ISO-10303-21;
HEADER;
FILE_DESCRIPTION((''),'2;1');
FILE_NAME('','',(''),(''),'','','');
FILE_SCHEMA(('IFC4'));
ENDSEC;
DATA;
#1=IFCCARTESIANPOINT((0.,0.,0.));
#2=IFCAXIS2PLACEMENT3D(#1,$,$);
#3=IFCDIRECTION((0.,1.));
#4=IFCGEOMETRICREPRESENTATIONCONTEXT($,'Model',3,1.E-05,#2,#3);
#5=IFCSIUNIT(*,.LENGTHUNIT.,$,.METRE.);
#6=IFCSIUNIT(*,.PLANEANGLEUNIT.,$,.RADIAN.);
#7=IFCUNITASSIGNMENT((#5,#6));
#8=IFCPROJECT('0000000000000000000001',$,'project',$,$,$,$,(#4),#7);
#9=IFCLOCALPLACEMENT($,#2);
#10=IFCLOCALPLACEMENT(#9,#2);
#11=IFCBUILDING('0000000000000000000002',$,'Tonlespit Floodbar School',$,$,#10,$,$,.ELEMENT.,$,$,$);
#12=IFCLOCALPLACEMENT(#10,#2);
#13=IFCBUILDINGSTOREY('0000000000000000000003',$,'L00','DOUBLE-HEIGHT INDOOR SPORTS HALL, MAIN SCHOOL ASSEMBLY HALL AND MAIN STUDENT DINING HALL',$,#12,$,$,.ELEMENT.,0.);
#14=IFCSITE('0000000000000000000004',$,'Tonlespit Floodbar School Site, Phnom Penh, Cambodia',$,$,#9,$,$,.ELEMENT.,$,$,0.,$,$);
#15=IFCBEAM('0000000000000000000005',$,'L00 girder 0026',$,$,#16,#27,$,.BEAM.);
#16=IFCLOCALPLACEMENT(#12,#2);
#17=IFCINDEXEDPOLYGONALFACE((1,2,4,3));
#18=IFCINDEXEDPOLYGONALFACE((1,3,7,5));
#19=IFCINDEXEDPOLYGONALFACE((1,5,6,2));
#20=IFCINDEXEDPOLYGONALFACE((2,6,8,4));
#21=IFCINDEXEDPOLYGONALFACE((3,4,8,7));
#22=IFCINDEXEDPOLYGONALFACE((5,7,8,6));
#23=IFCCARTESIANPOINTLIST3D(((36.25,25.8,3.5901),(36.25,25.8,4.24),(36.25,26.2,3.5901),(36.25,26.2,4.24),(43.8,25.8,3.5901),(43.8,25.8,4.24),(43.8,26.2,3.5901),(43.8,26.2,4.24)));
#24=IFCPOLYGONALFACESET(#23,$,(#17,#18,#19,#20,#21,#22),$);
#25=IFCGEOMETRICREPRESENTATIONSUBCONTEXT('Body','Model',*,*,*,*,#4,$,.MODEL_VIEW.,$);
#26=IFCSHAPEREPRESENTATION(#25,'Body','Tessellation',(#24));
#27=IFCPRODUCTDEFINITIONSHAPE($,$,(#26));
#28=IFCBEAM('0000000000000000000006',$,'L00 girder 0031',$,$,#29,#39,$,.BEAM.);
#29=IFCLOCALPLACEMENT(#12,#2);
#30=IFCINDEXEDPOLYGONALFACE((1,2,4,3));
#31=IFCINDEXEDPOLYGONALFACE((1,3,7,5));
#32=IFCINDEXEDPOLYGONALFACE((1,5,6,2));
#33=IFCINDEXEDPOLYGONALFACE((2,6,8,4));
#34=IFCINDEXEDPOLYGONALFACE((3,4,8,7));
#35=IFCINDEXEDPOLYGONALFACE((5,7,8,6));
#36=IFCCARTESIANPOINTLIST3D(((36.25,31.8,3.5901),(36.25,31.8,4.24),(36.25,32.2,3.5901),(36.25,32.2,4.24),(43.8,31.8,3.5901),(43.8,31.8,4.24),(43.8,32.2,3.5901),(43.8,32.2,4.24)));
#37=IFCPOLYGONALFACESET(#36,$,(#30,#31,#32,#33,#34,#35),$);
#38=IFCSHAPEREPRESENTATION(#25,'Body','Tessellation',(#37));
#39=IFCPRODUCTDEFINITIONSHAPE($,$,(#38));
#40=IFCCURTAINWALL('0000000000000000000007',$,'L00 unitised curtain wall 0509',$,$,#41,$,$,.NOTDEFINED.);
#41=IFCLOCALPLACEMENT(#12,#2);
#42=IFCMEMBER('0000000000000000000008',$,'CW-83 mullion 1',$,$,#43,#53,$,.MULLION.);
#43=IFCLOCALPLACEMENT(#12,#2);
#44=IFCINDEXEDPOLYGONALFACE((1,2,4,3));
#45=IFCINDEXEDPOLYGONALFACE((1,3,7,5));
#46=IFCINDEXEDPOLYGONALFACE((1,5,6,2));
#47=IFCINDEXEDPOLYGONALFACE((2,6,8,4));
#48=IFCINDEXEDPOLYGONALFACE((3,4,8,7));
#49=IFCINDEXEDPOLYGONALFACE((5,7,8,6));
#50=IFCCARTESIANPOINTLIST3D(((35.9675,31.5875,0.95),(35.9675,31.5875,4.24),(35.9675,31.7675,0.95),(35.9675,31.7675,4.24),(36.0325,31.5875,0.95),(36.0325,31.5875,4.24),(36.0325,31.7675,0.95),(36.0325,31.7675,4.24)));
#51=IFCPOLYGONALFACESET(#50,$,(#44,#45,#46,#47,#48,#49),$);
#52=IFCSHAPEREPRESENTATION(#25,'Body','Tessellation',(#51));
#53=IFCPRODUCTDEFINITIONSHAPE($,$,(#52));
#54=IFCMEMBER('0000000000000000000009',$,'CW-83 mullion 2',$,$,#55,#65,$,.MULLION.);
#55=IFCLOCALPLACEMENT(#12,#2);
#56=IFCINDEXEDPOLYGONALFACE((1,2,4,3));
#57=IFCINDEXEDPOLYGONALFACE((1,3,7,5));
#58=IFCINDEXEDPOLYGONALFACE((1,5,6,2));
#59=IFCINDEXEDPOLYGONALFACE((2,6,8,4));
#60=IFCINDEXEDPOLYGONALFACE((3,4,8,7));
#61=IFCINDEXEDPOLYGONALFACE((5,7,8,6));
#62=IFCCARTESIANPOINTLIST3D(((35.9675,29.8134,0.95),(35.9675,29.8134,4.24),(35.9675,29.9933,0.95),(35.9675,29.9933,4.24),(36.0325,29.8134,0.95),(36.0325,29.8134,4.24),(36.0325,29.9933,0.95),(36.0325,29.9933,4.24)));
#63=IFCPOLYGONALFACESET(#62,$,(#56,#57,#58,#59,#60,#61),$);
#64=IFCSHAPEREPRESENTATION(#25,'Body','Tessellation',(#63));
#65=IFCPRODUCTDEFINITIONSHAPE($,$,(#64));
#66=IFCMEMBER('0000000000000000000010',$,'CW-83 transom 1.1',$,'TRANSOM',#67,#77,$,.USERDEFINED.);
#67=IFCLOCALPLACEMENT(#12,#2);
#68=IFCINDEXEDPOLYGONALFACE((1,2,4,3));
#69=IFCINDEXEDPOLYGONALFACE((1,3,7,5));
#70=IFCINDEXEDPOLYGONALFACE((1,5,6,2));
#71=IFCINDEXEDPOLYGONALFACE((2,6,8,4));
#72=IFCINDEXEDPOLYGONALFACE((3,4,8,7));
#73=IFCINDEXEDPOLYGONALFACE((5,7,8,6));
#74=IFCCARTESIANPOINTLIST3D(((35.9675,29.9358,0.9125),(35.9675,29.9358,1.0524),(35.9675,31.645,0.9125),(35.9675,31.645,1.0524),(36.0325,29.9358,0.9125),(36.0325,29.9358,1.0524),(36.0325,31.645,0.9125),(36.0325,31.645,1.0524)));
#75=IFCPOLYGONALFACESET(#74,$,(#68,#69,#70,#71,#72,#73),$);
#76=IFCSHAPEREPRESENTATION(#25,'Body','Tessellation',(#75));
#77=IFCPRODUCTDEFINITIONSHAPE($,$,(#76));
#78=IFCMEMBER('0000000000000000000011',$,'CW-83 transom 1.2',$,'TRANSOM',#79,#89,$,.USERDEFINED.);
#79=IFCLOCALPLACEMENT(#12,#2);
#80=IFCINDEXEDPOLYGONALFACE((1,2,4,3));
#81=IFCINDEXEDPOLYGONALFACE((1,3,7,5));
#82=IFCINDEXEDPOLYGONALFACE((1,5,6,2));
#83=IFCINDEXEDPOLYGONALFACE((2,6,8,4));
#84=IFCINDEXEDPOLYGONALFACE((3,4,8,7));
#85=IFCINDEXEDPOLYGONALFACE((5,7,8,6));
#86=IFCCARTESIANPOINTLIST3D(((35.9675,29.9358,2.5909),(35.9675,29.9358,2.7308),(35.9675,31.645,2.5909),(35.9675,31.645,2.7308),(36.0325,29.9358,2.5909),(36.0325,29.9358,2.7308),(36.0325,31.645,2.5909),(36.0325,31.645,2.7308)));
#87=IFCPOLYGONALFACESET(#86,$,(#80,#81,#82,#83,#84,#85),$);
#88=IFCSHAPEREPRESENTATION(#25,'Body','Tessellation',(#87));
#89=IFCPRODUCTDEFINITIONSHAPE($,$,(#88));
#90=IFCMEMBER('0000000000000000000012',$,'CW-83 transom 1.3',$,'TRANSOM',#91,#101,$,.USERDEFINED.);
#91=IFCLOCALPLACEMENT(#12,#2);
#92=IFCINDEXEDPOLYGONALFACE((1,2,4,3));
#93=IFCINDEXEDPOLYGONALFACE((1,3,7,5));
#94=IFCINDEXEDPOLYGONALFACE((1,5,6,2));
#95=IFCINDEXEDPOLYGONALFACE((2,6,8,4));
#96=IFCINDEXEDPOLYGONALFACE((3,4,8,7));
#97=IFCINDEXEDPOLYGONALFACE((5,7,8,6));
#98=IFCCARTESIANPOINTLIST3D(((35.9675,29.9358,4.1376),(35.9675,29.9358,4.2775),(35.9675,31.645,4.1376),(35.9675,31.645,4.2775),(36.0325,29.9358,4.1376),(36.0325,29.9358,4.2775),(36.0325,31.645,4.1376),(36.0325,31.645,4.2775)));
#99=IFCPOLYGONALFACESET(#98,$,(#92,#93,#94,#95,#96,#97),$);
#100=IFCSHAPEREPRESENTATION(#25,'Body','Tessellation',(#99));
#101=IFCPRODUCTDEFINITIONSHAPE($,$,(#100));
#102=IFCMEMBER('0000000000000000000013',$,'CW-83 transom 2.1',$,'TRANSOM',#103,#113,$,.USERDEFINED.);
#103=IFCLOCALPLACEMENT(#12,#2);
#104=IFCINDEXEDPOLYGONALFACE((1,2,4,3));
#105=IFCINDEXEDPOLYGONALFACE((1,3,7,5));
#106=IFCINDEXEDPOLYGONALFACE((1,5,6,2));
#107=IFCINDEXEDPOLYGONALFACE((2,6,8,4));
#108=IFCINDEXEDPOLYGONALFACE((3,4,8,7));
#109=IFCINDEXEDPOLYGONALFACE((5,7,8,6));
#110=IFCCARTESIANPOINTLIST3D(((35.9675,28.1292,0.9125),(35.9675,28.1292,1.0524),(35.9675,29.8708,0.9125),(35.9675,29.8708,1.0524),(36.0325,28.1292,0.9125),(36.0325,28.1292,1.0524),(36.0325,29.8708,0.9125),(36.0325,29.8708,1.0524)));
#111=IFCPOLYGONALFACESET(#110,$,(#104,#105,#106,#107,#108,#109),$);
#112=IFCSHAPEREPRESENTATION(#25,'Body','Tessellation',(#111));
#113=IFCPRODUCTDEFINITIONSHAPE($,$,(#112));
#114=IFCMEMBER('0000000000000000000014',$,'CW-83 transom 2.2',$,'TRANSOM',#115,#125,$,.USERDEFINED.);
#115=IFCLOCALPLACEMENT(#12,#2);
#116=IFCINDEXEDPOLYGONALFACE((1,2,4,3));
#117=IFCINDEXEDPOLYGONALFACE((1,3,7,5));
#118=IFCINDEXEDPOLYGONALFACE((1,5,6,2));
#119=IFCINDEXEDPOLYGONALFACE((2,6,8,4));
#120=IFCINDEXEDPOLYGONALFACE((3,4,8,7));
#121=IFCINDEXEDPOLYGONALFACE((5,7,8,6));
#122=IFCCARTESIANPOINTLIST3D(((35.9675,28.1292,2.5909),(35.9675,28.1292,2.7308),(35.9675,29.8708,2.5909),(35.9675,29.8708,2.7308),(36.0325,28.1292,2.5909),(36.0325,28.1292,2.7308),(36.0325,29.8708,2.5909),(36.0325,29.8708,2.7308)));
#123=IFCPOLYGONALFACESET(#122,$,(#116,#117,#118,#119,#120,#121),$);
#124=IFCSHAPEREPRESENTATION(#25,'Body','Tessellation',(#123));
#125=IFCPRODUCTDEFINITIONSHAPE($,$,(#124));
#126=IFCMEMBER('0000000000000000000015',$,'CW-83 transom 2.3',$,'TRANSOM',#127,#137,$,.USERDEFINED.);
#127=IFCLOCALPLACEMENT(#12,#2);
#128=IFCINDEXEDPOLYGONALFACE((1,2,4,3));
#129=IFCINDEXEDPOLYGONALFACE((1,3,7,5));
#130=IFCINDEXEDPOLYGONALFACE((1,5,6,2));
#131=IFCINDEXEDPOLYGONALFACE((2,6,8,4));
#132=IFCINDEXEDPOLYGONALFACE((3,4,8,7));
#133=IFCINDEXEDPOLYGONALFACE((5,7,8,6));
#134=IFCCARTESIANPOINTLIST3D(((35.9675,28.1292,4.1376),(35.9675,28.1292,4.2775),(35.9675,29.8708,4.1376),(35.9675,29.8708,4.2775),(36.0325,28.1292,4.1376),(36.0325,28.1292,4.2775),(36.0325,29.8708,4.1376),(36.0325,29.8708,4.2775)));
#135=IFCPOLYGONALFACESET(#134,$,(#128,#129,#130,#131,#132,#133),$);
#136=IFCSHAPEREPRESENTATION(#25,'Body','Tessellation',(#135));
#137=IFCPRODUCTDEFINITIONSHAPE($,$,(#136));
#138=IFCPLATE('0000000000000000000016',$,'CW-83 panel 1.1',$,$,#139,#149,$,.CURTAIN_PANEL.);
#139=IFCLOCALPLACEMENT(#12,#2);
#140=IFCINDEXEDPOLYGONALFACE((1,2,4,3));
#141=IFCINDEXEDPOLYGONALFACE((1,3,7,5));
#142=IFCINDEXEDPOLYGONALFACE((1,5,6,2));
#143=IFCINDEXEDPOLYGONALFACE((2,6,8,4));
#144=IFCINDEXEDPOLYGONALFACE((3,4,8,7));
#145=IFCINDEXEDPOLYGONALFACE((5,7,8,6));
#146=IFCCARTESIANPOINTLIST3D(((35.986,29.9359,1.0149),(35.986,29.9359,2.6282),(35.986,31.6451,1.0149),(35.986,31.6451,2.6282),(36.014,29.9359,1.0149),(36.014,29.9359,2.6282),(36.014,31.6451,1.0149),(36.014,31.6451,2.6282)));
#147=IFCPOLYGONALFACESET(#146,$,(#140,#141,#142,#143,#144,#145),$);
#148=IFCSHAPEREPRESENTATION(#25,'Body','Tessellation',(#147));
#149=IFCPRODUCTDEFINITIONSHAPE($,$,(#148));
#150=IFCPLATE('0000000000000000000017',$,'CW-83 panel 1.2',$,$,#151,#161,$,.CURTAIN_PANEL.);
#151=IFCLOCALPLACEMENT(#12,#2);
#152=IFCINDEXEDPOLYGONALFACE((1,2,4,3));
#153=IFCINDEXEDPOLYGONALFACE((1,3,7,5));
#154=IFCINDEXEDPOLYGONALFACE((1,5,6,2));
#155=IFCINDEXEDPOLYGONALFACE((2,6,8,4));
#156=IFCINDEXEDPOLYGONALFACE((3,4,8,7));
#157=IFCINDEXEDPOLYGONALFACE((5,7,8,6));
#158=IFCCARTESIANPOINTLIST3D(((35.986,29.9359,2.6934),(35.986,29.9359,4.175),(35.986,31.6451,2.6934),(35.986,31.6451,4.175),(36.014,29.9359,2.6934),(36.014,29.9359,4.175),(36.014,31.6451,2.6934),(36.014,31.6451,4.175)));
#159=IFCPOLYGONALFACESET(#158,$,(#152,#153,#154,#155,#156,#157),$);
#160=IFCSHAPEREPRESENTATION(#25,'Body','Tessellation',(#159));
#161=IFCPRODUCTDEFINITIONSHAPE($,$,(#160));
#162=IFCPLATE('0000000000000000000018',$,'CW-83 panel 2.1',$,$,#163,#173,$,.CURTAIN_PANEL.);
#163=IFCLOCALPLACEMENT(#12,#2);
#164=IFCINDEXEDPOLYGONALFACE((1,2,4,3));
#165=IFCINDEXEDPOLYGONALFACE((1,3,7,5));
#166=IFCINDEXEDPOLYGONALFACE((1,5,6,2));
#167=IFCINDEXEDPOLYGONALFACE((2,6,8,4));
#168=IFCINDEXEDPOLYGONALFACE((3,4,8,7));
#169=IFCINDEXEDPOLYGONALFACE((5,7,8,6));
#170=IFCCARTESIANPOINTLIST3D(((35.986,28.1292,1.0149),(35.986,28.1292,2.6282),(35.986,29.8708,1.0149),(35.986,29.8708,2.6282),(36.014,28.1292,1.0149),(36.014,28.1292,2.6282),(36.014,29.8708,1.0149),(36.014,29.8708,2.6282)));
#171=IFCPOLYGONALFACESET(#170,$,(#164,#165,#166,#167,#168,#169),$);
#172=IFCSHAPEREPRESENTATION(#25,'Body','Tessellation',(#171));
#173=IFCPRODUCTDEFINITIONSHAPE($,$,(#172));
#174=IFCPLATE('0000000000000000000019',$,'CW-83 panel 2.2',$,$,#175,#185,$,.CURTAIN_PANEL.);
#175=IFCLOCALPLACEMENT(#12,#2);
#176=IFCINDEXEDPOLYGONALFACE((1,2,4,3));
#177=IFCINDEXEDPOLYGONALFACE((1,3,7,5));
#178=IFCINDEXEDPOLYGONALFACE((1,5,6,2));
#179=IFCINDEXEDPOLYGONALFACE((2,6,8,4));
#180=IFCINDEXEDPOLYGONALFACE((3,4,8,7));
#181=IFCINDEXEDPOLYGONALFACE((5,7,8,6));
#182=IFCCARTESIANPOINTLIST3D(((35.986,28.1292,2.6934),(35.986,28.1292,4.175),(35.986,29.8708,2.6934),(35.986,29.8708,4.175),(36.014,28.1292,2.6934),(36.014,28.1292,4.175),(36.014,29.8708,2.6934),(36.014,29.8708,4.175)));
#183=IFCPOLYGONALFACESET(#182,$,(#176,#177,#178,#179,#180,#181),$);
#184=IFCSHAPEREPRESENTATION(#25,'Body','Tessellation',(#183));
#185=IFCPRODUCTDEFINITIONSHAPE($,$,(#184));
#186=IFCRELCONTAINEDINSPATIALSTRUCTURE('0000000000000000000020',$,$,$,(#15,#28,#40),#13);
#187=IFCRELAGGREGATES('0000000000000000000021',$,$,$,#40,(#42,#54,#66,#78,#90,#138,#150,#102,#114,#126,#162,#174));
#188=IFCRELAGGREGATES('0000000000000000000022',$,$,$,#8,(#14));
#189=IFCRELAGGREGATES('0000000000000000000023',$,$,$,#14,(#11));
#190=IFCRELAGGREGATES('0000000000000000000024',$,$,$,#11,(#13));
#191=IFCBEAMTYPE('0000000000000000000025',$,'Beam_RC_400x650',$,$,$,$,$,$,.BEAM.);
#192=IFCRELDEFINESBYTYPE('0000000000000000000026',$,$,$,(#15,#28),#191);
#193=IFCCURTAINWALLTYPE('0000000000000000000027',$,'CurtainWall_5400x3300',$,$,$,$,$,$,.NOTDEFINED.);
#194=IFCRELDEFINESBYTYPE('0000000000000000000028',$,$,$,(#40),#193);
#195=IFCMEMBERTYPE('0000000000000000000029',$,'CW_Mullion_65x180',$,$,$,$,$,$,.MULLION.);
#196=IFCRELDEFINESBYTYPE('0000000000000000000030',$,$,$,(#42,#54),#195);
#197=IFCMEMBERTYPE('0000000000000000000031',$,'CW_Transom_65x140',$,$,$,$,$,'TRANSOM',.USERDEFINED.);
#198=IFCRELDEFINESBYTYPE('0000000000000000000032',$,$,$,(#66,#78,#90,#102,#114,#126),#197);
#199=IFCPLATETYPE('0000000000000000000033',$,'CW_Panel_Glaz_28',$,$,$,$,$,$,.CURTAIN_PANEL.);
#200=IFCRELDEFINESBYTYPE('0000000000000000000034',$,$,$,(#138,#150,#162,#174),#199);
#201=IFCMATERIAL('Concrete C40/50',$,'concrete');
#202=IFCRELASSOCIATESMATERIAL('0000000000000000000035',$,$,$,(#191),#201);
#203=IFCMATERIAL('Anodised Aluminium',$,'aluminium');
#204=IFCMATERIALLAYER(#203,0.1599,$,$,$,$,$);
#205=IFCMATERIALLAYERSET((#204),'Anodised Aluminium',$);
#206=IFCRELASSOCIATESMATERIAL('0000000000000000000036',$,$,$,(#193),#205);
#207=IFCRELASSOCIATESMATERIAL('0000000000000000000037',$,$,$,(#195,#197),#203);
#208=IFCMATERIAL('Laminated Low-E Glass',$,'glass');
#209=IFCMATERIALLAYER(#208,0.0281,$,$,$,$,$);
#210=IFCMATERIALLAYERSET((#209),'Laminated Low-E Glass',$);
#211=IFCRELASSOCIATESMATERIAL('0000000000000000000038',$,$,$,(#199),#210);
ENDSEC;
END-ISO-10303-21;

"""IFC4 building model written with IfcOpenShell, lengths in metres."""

from ifc_helpers import new_model, si_unit, direction, frame, origin, origin_2d, place, context, subcontext, project, spatial, rectangle, extrude, material, layer, layer_set, material_profile, profile_set, type_object, element, aggregate, save


model = new_model("IFC4")

# Units and contexts
model_context = context("Model", 3, precision=1e-05, world=origin(), true_north=direction((0.0, 1.0)))
body_context = subcontext(model_context, "Body", "Model", "MODEL_VIEW")
ifc_project = project(units=[si_unit("LENGTHUNIT", "METRE"), si_unit("PLANEANGLEUNIT", "RADIAN")], contexts=[model_context])

# Site, building, storey
site_placement = place(None, origin())
site = spatial("IfcSite", under=ifc_project, at=site_placement, Name="Tonlespit Floodbar School Site, Phnom Penh, Cambodia", CompositionType="ELEMENT", RefElevation=0.0)
building_placement = place(site_placement, origin())
building = spatial("IfcBuilding", under=site, at=building_placement, Name="Tonlespit Floodbar School", CompositionType="ELEMENT")
storey_placement = place(building_placement, origin())
storey = spatial("IfcBuildingStorey", under=building, at=storey_placement, Name="L00", Description="DOUBLE-HEIGHT INDOOR SPORTS HALL, MAIN SCHOOL ASSEMBLY HALL AND MAIN STUDENT DINING HALL", CompositionType="ELEMENT", Elevation=0.0)

# Shared definitions
ifc_material_1 = material(Name="Concrete C40/50", Category="concrete")

# Beams
ifc_material_profile_1 = material_profile(ifc_material_1, rectangle(XDim=0.3999, YDim=0.6499, at=origin_2d()), Name="RC 400x650")
ifc_profile_set_1 = profile_set([ifc_material_profile_1], Name="Concrete C40/50")
beam_type = type_object("IfcBeamType", Name="Beam_RC_400x650", PredefinedType="BEAM", material=ifc_profile_set_1)
for number, where, z_axis, x_axis, name in (
    (1, (36.25, 26.0, 3.915), (1.0, 0.0, 0.0), (0.0, 1.0, 0.0), "L00 girder 0026"),
    (2, (36.25, 32.0, 3.915), (1.0, 0.0, 0.0), (0.0, 1.0, 0.0), "L00 girder 0031"),
):
    element("IfcBeam", number, at=place(storey_placement, frame(where, z_axis=z_axis, x_axis=x_axis)), inside=storey, type_object=beam_type, Name=name, PredefinedType="BEAM", context=body_context, shape_type="SweptSolid", body=[
        extrude(rectangle(XDim=0.3999, YDim=0.6499, at=origin_2d()), origin(), (0.0, 0.0, 1.0), 7.55),
    ])

# Curtain wall, members, plates
ifc_material_2 = material(Name="Anodised Aluminium", Category="aluminium")
ifc_layer_1 = layer(ifc_material_2, 0.1599)
ifc_layer_set_1 = layer_set([ifc_layer_1], Name="Anodised Aluminium")
curtain_wall_type = type_object("IfcCurtainWallType", Name="CurtainWall_5400x3300", PredefinedType="NOTDEFINED", material=ifc_layer_set_1)
curtain_wall_placement = place(storey_placement, origin())
curtain_wall = element("IfcCurtainWall", 3, at=curtain_wall_placement, inside=storey, type_object=curtain_wall_type, Name="L00 unitised curtain wall 0509", PredefinedType="NOTDEFINED")
ifc_material_profile_2 = material_profile(ifc_material_2, rectangle(XDim=0.0649, YDim=0.1799, at=origin_2d()), Name="ALU M65x180")
ifc_profile_set_2 = profile_set([ifc_material_profile_2], Name="Anodised Aluminium")
member_type_1 = type_object("IfcMemberType", Name="CW_Mullion_65x180", PredefinedType="MULLION", material=ifc_profile_set_2)
member_1_placement = place(storey_placement, frame((36.0, 31.6775, 0.95), z_axis=(0.0, 0.0, 1.0), x_axis=(1.0, 0.0, 0.0)))
member_1 = element("IfcMember", 4, at=member_1_placement, type_object=member_type_1, Name="CW-83 mullion 1", PredefinedType="MULLION", context=body_context, shape_type="SweptSolid", body=[
    extrude(rectangle(XDim=0.0649, YDim=0.1799, at=origin_2d()), origin(), (0.0, 0.0, 1.0), 3.29),
])
member_2_placement = place(storey_placement, frame((36.0, 29.9033, 0.95), z_axis=(0.0, 0.0, 1.0), x_axis=(1.0, 0.0, 0.0)))
member_2 = element("IfcMember", 5, at=member_2_placement, type_object=member_type_1, Name="CW-83 mullion 2", PredefinedType="MULLION", context=body_context, shape_type="SweptSolid", body=[
    extrude(rectangle(XDim=0.0649, YDim=0.1799, at=origin_2d()), origin(), (0.0, 0.0, 1.0), 3.29),
])
ifc_material_profile_3 = material_profile(ifc_material_2, rectangle(XDim=0.0649, YDim=0.1399, at=origin_2d()), Name="ALU T65x140")
ifc_profile_set_3 = profile_set([ifc_material_profile_3], Name="Anodised Aluminium")
member_type_2 = type_object("IfcMemberType", Name="CW_Transom_65x140", ElementType="TRANSOM", PredefinedType="USERDEFINED", material=ifc_profile_set_3)
member_3_placement = place(storey_placement, frame((36.0, 31.645, 0.9824), z_axis=(0.0, -1.0, 0.0), x_axis=(1.0, 0.0, 0.0)))
member_3 = element("IfcMember", 6, at=member_3_placement, type_object=member_type_2, Name="CW-83 transom 1.1", ObjectType="TRANSOM", PredefinedType="USERDEFINED", context=body_context, shape_type="SweptSolid", body=[
    extrude(rectangle(XDim=0.0649, YDim=0.1399, at=origin_2d()), origin(), (0.0, 0.0, 1.0), 1.7092),
])
member_4_placement = place(storey_placement, frame((36.0, 31.645, 2.6609), z_axis=(0.0, -1.0, 0.0), x_axis=(1.0, 0.0, 0.0)))
member_4 = element("IfcMember", 7, at=member_4_placement, type_object=member_type_2, Name="CW-83 transom 1.2", ObjectType="TRANSOM", PredefinedType="USERDEFINED", context=body_context, shape_type="SweptSolid", body=[
    extrude(rectangle(XDim=0.0649, YDim=0.1399, at=origin_2d()), origin(), (0.0, 0.0, 1.0), 1.7092),
])
member_5_placement = place(storey_placement, frame((36.0, 31.645, 4.2075), z_axis=(0.0, -1.0, 0.0), x_axis=(1.0, 0.0, 0.0)))
member_5 = element("IfcMember", 8, at=member_5_placement, type_object=member_type_2, Name="CW-83 transom 1.3", ObjectType="TRANSOM", PredefinedType="USERDEFINED", context=body_context, shape_type="SweptSolid", body=[
    extrude(rectangle(XDim=0.0649, YDim=0.1399, at=origin_2d()), origin(), (0.0, 0.0, 1.0), 1.7092),
])
member_6_placement = place(storey_placement, frame((36.0, 29.8708, 0.9824), z_axis=(0.0, -1.0, 0.0), x_axis=(1.0, 0.0, 0.0)))
member_6 = element("IfcMember", 9, at=member_6_placement, type_object=member_type_2, Name="CW-83 transom 2.1", ObjectType="TRANSOM", PredefinedType="USERDEFINED", context=body_context, shape_type="SweptSolid", body=[
    extrude(rectangle(XDim=0.0649, YDim=0.1399, at=origin_2d()), origin(), (0.0, 0.0, 1.0), 1.7417),
])
member_7_placement = place(storey_placement, frame((36.0, 29.8708, 2.6609), z_axis=(0.0, -1.0, 0.0), x_axis=(1.0, 0.0, 0.0)))
member_7 = element("IfcMember", 10, at=member_7_placement, type_object=member_type_2, Name="CW-83 transom 2.2", ObjectType="TRANSOM", PredefinedType="USERDEFINED", context=body_context, shape_type="SweptSolid", body=[
    extrude(rectangle(XDim=0.0649, YDim=0.1399, at=origin_2d()), origin(), (0.0, 0.0, 1.0), 1.7417),
])
member_8_placement = place(storey_placement, frame((36.0, 29.8708, 4.2075), z_axis=(0.0, -1.0, 0.0), x_axis=(1.0, 0.0, 0.0)))
member_8 = element("IfcMember", 11, at=member_8_placement, type_object=member_type_2, Name="CW-83 transom 2.3", ObjectType="TRANSOM", PredefinedType="USERDEFINED", context=body_context, shape_type="SweptSolid", body=[
    extrude(rectangle(XDim=0.0649, YDim=0.1399, at=origin_2d()), origin(), (0.0, 0.0, 1.0), 1.7417),
])
ifc_material_3 = material(Name="Laminated Low-E Glass", Category="glass")
ifc_layer_2 = layer(ifc_material_3, 0.0281)
ifc_layer_set_2 = layer_set([ifc_layer_2], Name="Laminated Low-E Glass")
plate_type = type_object("IfcPlateType", Name="CW_Panel_Glaz_28", PredefinedType="CURTAIN_PANEL", material=ifc_layer_set_2)
plate_1_placement = place(storey_placement, frame((36.0, 30.7905, 1.0149), z_axis=(0.0, 0.0, 1.0), x_axis=(0.0, -1.0, 0.0)))
plate_1 = element("IfcPlate", 12, at=plate_1_placement, type_object=plate_type, Name="CW-83 panel 1.1", PredefinedType="CURTAIN_PANEL", context=body_context, shape_type="SweptSolid", body=[
    extrude(rectangle(XDim=1.7092, YDim=0.0281, at=origin_2d()), origin(), (0.0, 0.0, 1.0), 1.6133),
])
plate_2_placement = place(storey_placement, frame((36.0, 30.7905, 2.6934), z_axis=(0.0, 0.0, 1.0), x_axis=(0.0, -1.0, 0.0)))
plate_2 = element("IfcPlate", 13, at=plate_2_placement, type_object=plate_type, Name="CW-83 panel 1.2", PredefinedType="CURTAIN_PANEL", context=body_context, shape_type="SweptSolid", body=[
    extrude(rectangle(XDim=1.7092, YDim=0.0281, at=origin_2d()), origin(), (0.0, 0.0, 1.0), 1.4817),
])
plate_3_placement = place(storey_placement, frame((36.0, 29.0, 1.0149), z_axis=(0.0, 0.0, 1.0), x_axis=(0.0, -1.0, 0.0)))
plate_3 = element("IfcPlate", 14, at=plate_3_placement, type_object=plate_type, Name="CW-83 panel 2.1", PredefinedType="CURTAIN_PANEL", context=body_context, shape_type="SweptSolid", body=[
    extrude(rectangle(XDim=1.7417, YDim=0.0281, at=origin_2d()), origin(), (0.0, 0.0, 1.0), 1.6133),
])
plate_4_placement = place(storey_placement, frame((36.0, 29.0, 2.6934), z_axis=(0.0, 0.0, 1.0), x_axis=(0.0, -1.0, 0.0)))
plate_4 = element("IfcPlate", 15, at=plate_4_placement, type_object=plate_type, Name="CW-83 panel 2.2", PredefinedType="CURTAIN_PANEL", context=body_context, shape_type="SweptSolid", body=[
    extrude(rectangle(XDim=1.7417, YDim=0.0281, at=origin_2d()), origin(), (0.0, 0.0, 1.0), 1.4817),
])
aggregate(curtain_wall, [member_1, member_2, member_3, member_4, member_5, plate_1, plate_2, member_6, member_7, member_8, plate_3, plate_4])

save(model, "model.ifc")
